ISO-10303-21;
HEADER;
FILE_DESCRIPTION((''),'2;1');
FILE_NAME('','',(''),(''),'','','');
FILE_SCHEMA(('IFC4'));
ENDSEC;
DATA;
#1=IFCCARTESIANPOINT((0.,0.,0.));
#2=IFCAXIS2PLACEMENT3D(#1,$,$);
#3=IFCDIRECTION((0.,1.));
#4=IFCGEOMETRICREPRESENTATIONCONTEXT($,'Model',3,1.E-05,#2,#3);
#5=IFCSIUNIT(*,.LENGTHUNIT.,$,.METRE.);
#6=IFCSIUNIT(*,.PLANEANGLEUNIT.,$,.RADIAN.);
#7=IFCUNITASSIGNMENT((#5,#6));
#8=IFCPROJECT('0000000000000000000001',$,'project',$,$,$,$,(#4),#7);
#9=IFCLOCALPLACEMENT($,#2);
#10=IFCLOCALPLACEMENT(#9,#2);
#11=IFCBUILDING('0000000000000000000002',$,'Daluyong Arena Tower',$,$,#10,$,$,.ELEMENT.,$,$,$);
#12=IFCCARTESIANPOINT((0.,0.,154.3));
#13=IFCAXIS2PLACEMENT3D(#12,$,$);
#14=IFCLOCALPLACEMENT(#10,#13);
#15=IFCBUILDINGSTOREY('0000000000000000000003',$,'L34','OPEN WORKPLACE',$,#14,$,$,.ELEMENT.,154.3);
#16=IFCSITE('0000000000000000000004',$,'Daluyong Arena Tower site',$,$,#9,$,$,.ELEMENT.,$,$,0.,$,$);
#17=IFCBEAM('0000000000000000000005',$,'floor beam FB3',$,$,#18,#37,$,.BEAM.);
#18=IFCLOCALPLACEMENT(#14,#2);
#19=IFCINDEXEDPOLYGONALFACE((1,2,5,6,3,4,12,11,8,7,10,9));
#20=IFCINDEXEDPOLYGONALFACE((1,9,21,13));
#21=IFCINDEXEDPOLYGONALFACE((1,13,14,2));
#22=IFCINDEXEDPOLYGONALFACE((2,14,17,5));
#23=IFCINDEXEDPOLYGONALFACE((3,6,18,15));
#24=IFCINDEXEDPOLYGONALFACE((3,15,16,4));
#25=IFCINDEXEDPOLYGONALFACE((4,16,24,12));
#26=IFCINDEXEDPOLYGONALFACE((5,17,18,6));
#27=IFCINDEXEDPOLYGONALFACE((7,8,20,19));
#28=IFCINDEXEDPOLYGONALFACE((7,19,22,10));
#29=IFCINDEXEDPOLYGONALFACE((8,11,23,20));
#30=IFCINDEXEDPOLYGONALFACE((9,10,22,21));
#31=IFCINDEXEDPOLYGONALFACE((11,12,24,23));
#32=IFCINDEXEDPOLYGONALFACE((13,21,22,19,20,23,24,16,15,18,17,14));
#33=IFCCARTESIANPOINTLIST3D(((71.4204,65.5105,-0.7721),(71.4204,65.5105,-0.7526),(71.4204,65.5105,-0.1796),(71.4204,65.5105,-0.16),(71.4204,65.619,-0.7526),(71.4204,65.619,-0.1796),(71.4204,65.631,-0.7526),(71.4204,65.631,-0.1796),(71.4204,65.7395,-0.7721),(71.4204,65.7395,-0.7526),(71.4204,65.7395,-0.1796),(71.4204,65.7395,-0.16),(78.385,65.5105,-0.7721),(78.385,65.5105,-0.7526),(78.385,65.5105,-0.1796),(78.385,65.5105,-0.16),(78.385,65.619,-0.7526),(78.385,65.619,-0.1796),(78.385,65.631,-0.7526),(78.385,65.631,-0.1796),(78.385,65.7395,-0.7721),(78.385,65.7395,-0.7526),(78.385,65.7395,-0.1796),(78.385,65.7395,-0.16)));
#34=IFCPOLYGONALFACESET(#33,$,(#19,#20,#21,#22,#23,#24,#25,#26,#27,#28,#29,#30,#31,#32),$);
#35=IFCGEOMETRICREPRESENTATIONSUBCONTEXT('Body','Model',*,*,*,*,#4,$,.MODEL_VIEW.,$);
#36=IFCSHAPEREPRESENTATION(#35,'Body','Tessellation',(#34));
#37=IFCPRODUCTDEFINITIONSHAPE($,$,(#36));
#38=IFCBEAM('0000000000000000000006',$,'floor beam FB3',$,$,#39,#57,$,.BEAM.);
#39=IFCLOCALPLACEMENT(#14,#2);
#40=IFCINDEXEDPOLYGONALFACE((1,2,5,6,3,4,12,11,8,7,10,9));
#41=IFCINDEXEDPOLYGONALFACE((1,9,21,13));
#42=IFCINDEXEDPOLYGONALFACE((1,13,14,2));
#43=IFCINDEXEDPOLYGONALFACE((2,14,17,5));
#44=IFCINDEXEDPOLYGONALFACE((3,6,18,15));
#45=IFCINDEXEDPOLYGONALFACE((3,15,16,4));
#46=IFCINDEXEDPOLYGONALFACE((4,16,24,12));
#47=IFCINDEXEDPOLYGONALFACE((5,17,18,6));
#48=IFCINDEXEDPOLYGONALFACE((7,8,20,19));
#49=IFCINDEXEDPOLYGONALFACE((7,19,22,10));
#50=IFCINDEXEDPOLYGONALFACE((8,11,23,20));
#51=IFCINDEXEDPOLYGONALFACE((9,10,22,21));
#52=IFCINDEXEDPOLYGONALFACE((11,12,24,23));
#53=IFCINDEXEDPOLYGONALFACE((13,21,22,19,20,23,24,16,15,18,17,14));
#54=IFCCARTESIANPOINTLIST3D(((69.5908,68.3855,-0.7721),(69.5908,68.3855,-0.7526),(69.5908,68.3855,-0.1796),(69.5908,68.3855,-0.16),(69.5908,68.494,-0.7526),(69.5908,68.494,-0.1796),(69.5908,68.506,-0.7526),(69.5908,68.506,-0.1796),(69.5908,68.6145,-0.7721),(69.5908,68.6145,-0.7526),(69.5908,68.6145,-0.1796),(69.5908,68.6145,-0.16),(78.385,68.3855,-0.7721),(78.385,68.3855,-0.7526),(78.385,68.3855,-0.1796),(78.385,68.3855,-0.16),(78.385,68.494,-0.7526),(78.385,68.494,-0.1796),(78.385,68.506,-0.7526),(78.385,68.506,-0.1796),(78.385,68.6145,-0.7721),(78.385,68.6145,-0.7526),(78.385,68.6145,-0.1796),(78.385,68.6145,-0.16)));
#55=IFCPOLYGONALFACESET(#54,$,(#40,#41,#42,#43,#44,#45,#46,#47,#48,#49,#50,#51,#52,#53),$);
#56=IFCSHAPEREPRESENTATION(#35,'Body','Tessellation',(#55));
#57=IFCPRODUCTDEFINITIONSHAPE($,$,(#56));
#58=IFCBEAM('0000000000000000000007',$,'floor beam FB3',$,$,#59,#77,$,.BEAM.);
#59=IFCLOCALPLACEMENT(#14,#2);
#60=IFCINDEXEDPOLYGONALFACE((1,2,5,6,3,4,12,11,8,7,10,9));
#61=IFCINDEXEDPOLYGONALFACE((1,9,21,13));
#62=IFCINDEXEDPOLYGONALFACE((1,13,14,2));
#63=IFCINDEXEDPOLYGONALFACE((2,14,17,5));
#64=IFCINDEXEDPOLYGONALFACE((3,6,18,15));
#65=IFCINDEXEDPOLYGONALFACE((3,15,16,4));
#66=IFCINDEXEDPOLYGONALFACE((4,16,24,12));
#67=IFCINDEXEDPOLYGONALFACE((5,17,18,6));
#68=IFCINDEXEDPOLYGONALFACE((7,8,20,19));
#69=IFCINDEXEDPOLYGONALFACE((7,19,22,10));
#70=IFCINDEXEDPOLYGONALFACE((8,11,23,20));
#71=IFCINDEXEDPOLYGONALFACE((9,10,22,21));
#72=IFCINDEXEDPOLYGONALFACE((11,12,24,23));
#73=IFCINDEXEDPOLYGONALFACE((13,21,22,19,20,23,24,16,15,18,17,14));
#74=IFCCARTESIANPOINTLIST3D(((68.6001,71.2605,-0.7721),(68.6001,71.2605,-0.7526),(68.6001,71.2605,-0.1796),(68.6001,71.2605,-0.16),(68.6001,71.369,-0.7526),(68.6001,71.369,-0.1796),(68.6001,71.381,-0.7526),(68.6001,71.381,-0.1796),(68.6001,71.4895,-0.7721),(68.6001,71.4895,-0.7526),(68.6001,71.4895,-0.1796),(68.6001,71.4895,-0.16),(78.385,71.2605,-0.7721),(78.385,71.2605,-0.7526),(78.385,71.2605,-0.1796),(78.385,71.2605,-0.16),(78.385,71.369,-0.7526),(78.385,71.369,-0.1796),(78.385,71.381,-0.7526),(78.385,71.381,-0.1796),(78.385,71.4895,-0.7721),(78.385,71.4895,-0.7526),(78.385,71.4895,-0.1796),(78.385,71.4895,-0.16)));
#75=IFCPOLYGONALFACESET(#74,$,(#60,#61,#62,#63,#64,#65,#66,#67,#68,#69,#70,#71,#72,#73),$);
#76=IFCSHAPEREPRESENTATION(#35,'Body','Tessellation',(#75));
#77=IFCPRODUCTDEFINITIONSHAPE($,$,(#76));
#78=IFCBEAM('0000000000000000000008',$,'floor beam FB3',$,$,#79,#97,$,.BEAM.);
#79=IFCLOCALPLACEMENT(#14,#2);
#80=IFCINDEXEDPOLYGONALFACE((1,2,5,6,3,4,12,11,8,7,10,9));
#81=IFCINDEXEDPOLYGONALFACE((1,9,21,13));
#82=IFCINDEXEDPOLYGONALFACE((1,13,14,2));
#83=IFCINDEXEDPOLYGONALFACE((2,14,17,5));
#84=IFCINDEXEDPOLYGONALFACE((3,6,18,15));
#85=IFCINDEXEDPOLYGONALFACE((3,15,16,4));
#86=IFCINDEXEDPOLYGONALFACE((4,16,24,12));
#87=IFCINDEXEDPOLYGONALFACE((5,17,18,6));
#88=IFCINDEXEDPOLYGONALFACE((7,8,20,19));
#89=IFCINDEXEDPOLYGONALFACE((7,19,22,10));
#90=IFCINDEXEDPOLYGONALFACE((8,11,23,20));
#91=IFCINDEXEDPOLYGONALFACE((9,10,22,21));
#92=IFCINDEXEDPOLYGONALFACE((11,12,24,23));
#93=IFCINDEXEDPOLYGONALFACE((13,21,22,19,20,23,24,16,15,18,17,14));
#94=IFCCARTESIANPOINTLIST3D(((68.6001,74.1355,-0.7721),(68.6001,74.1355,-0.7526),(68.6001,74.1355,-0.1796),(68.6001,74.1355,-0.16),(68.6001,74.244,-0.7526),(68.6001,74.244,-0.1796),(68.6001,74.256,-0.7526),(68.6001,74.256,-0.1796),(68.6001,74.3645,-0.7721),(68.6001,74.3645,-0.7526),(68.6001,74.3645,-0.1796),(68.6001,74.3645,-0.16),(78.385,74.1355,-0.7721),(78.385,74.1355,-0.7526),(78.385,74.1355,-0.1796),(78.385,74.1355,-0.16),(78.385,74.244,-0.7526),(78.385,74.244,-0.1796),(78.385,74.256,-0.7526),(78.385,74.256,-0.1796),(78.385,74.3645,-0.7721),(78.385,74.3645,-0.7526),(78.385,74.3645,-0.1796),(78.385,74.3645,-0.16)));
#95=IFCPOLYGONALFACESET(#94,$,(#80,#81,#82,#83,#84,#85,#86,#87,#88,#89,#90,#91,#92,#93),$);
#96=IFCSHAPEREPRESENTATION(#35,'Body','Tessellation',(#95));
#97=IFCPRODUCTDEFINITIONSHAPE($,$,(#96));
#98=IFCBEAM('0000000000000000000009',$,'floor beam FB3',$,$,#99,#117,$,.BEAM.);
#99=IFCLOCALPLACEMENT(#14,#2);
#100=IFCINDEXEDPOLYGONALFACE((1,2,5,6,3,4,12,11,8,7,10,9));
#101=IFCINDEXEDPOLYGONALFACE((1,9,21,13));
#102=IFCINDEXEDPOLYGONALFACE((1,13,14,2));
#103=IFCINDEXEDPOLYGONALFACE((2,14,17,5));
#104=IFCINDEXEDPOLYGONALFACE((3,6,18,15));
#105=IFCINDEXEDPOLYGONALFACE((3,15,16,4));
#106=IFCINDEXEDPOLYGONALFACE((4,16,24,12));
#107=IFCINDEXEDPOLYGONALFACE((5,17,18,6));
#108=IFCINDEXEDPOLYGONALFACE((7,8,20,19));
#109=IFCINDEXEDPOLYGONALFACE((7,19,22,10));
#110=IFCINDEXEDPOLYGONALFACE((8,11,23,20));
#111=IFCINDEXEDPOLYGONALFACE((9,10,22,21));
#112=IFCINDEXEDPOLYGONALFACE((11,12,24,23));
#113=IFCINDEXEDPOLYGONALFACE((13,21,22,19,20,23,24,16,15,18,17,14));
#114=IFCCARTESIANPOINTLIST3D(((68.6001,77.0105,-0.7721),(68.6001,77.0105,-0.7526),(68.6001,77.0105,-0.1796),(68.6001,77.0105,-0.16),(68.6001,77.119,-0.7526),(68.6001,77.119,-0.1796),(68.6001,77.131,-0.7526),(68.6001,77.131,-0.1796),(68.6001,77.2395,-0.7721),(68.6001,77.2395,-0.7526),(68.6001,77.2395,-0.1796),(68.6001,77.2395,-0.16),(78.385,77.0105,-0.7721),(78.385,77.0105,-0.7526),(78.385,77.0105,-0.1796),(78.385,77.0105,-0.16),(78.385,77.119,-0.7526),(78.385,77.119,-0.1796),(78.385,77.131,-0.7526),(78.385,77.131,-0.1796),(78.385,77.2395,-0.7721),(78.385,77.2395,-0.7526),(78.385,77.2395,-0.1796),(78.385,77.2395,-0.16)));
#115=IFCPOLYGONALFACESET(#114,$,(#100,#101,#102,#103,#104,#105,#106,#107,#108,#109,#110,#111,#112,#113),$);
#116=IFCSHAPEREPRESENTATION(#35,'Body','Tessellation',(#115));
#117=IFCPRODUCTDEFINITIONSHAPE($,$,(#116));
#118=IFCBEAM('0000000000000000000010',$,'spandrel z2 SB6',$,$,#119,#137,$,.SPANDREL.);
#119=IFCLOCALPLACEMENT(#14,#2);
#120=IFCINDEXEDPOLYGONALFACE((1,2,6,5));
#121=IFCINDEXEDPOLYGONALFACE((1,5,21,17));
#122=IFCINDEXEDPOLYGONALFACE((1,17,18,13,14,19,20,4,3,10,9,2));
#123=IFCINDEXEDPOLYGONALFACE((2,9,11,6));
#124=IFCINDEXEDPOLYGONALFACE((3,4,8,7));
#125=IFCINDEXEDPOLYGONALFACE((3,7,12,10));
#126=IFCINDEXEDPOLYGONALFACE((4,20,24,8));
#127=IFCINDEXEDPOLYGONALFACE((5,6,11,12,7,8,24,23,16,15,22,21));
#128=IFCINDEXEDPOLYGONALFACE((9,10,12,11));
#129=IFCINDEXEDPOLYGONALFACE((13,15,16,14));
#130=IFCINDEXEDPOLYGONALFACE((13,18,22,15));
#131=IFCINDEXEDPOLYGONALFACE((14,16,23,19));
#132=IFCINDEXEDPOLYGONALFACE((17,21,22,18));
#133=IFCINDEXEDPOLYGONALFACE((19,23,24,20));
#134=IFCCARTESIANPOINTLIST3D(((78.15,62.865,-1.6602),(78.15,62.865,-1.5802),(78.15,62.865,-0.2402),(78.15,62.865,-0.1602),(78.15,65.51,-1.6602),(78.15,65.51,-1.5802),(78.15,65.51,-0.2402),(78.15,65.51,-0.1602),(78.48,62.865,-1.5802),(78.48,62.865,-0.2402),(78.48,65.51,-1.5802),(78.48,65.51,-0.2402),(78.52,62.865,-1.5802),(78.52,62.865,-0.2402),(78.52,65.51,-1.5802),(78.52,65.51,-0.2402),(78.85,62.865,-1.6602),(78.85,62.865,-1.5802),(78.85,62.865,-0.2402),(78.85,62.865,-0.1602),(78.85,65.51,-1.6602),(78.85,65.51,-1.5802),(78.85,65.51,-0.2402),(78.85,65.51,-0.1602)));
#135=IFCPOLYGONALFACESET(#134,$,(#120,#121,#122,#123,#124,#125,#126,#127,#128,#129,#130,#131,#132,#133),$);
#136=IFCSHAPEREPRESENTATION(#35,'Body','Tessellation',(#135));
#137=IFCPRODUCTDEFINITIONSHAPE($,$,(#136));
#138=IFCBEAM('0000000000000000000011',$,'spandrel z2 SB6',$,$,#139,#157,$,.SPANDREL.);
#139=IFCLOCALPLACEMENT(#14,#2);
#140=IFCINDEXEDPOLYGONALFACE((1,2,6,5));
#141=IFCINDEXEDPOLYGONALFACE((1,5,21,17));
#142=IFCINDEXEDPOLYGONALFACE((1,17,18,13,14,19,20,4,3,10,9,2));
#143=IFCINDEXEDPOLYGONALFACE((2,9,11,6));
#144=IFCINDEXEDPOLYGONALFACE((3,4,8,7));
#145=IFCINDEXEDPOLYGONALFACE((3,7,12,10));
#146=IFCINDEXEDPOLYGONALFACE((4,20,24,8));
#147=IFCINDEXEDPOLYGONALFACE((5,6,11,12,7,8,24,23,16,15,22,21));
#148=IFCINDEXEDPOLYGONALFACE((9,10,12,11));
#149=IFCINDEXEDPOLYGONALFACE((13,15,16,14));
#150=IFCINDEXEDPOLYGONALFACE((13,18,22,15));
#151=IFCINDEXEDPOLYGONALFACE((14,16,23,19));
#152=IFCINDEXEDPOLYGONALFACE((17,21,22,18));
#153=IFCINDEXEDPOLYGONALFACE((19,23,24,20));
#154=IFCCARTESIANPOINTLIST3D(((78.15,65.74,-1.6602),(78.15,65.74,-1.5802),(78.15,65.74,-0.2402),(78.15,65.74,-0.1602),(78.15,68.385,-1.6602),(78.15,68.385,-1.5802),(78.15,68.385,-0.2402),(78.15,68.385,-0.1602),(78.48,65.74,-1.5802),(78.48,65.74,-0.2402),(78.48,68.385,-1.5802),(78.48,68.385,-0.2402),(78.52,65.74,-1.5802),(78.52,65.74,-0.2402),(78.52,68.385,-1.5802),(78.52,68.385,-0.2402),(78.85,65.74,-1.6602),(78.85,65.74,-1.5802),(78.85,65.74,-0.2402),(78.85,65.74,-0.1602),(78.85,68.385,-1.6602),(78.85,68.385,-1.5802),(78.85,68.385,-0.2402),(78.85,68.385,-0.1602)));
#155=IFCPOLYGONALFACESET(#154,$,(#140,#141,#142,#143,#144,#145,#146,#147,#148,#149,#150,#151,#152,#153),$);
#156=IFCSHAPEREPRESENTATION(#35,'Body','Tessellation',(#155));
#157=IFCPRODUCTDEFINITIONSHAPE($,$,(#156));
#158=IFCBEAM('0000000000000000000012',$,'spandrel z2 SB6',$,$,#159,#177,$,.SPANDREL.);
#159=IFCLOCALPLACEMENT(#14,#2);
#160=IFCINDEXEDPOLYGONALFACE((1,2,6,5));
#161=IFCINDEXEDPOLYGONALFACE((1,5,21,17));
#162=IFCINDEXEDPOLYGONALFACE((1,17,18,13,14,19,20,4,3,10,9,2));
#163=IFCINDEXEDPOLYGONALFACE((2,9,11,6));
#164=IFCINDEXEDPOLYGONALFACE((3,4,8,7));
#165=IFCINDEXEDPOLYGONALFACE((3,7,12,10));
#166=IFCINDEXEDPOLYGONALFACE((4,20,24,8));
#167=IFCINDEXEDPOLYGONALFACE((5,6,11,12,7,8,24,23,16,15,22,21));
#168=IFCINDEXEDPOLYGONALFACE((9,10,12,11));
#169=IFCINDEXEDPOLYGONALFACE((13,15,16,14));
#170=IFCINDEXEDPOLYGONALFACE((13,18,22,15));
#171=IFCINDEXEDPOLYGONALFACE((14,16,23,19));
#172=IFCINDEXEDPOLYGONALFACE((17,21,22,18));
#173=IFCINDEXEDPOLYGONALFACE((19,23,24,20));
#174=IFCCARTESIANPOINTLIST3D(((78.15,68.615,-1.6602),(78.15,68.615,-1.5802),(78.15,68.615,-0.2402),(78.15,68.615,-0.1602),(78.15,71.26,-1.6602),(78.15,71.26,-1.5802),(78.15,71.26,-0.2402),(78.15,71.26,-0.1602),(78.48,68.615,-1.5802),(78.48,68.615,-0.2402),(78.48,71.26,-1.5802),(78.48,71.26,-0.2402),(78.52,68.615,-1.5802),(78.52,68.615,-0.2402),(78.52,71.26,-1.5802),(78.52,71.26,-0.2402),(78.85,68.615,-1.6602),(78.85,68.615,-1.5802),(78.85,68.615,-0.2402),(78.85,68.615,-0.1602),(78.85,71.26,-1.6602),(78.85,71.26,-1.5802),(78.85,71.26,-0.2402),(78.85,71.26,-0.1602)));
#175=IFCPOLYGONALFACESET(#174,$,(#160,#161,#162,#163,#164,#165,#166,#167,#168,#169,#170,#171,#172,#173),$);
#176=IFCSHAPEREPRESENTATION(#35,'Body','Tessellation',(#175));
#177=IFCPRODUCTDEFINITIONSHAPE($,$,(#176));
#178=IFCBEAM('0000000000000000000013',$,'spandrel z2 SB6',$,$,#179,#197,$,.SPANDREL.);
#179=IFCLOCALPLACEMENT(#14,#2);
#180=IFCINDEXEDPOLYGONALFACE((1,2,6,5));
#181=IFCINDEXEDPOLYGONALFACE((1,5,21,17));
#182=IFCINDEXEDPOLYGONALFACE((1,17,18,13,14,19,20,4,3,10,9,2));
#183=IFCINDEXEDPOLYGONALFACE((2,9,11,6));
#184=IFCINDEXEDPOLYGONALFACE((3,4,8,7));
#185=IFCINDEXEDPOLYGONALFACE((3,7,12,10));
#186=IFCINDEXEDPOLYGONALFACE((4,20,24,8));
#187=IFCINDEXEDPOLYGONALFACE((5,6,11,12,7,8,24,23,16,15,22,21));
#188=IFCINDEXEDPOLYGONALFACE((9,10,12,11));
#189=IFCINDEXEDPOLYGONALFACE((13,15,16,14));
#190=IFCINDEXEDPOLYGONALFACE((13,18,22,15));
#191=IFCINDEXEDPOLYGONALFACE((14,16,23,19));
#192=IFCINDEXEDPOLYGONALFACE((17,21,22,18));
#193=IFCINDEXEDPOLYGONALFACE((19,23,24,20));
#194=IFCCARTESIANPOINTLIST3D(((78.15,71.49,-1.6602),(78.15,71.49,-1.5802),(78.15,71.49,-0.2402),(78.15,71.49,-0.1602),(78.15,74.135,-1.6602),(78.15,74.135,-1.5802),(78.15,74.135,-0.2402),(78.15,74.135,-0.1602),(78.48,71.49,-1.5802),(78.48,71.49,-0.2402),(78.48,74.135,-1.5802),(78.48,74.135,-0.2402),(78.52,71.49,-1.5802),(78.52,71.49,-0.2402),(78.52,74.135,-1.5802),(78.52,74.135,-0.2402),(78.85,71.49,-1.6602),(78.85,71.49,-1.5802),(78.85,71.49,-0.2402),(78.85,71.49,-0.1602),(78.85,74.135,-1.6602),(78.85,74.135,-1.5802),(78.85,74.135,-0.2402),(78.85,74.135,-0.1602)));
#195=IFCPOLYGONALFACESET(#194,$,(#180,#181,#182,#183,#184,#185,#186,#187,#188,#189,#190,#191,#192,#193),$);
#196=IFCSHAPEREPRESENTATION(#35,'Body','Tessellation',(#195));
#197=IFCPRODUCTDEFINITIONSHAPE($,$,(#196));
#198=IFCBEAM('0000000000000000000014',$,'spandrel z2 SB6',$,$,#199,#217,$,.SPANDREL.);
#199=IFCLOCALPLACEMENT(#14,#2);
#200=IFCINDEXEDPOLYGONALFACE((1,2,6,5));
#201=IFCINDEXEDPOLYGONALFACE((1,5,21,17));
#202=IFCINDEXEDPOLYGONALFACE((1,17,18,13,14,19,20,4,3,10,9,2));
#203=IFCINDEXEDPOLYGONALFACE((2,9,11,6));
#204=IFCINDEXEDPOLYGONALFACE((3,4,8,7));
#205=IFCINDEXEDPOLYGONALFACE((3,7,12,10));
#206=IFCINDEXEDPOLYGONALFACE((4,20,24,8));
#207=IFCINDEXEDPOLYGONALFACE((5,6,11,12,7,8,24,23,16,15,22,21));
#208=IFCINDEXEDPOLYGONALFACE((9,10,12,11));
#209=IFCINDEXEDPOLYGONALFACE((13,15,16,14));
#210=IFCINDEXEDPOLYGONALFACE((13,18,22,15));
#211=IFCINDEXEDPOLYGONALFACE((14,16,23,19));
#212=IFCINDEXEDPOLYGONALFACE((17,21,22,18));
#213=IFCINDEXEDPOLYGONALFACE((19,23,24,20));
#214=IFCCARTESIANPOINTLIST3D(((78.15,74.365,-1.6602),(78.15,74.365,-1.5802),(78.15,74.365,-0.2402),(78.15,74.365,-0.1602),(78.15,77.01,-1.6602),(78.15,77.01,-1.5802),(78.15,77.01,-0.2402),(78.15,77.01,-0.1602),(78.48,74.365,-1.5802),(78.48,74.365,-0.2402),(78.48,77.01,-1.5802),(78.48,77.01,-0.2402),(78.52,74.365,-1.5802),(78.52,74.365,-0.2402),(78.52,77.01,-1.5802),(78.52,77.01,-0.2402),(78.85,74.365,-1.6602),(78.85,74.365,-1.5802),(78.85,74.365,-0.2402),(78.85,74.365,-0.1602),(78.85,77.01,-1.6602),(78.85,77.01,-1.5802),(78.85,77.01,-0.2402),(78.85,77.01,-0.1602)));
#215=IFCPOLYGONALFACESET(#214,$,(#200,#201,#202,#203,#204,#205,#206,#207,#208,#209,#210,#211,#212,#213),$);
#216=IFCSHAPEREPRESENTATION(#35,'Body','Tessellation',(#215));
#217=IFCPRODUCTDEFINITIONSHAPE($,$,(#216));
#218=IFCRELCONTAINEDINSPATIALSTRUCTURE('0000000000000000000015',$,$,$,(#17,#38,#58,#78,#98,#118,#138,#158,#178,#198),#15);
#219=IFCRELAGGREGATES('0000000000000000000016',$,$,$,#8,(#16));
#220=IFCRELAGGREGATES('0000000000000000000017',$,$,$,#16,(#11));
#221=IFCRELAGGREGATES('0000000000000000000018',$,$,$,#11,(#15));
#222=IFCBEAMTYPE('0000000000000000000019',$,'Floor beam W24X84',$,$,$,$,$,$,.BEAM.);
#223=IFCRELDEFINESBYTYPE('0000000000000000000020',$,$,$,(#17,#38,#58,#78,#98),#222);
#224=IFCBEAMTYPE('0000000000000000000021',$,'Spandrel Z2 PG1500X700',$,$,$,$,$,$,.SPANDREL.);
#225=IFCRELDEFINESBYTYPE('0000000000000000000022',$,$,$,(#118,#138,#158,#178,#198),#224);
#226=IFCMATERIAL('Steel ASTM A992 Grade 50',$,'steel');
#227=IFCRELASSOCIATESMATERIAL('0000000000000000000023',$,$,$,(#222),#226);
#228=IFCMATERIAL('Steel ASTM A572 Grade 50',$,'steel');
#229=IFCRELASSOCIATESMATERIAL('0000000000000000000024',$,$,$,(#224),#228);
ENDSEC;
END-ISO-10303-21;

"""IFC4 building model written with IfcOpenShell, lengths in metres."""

from ifc_helpers import new_model, si_unit, direction, frame, origin, origin_2d, place, context, subcontext, project, spatial, i_section, extrude, material, material_profile, profile_set, type_object, element, save


model = new_model("IFC4")

# Units and contexts
model_context = context("Model", 3, precision=1e-05, world=origin(), true_north=direction((0.0, 1.0)))
body_context = subcontext(model_context, "Body", "Model", "MODEL_VIEW")
ifc_project = project(units=[si_unit("LENGTHUNIT", "METRE"), si_unit("PLANEANGLEUNIT", "RADIAN")], contexts=[model_context])

# Site, building, storey
site_placement = place(None, origin())
site = spatial("IfcSite", under=ifc_project, at=site_placement, Name="Daluyong Arena Tower site", CompositionType="ELEMENT", RefElevation=0.0)
building_placement = place(site_placement, origin())
building = spatial("IfcBuilding", under=site, at=building_placement, Name="Daluyong Arena Tower", CompositionType="ELEMENT")
storey_placement = place(building_placement, frame((0.0, 0.0, 154.3)))
storey = spatial("IfcBuildingStorey", under=building, at=storey_placement, Name="L34", Description="OPEN WORKPLACE", CompositionType="ELEMENT", Elevation=154.3)

# Beams
ifc_material_1 = material(Name="Steel ASTM A992 Grade 50", Category="steel")
ifc_material_profile_1 = material_profile(ifc_material_1, i_section(OverallWidth=0.229, OverallDepth=0.6121, WebThickness=0.012, FlangeThickness=0.0195, at=origin_2d()))
ifc_profile_set_1 = profile_set([ifc_material_profile_1], Name="Steel ASTM A992 Grade 50")
beam_type_1 = type_object("IfcBeamType", Name="Floor beam W24X84", PredefinedType="BEAM", material=ifc_profile_set_1)
beam_1_placement = place(storey_placement, frame((78.385, 65.625, -0.4661), z_axis=(-1.0, 0.0, 0.0), x_axis=(0.0, -1.0, 0.0)))
element("IfcBeam", 1, at=beam_1_placement, inside=storey, type_object=beam_type_1, Name="floor beam FB3", PredefinedType="BEAM", context=body_context, shape_type="SweptSolid", body=[
    extrude(i_section(OverallWidth=0.229, OverallDepth=0.6121, WebThickness=0.012, FlangeThickness=0.0195, at=origin_2d()), origin(), (0.0, 0.0, 1.0), 6.9646),
])
beam_2_placement = place(storey_placement, frame((78.385, 68.5, -0.4661), z_axis=(-1.0, 0.0, 0.0), x_axis=(0.0, -1.0, 0.0)))
element("IfcBeam", 2, at=beam_2_placement, inside=storey, type_object=beam_type_1, Name="floor beam FB3", PredefinedType="BEAM", context=body_context, shape_type="SweptSolid", body=[
    extrude(i_section(OverallWidth=0.229, OverallDepth=0.6121, WebThickness=0.012, FlangeThickness=0.0195, at=origin_2d()), origin(), (0.0, 0.0, 1.0), 8.7942),
])
for number, where, z_axis, x_axis, name in (
    (3, (78.385, 71.375, -0.4661), (-1.0, 0.0, 0.0), (0.0, -1.0, 0.0), "floor beam FB3"),
    (4, (78.385, 74.25, -0.4661), (-1.0, 0.0, 0.0), (0.0, -1.0, 0.0), "floor beam FB3"),
    (5, (78.385, 77.125, -0.4661), (-1.0, 0.0, 0.0), (0.0, -1.0, 0.0), "floor beam FB3"),
):
    element("IfcBeam", number, at=place(storey_placement, frame(where, z_axis=z_axis, x_axis=x_axis)), inside=storey, type_object=beam_type_1, Name=name, PredefinedType="BEAM", context=body_context, shape_type="SweptSolid", body=[
        extrude(i_section(OverallWidth=0.229, OverallDepth=0.6121, WebThickness=0.012, FlangeThickness=0.0195, at=origin_2d()), origin(), (0.0, 0.0, 1.0), 9.7849),
    ])
ifc_material_2 = material(Name="Steel ASTM A572 Grade 50", Category="steel")
ifc_material_profile_2 = material_profile(ifc_material_2, i_section(OverallWidth=0.7, OverallDepth=1.5, WebThickness=0.04, FlangeThickness=0.08, at=origin_2d()))
ifc_profile_set_2 = profile_set([ifc_material_profile_2], Name="Steel ASTM A572 Grade 50")
beam_type_2 = type_object("IfcBeamType", Name="Spandrel Z2 PG1500X700", PredefinedType="SPANDREL", material=ifc_profile_set_2)
for number, where, z_axis, x_axis, name in (
    (6, (78.5, 62.865, -0.9102), (0.0, 1.0, 0.0), (-1.0, 0.0, 0.0), "spandrel z2 SB6"),
    (7, (78.5, 65.74, -0.9102), (0.0, 1.0, 0.0), (-1.0, 0.0, 0.0), "spandrel z2 SB6"),
    (8, (78.5, 68.615, -0.9102), (0.0, 1.0, 0.0), (-1.0, 0.0, 0.0), "spandrel z2 SB6"),
    (9, (78.5, 71.49, -0.9102), (0.0, 1.0, 0.0), (-1.0, 0.0, 0.0), "spandrel z2 SB6"),
    (10, (78.5, 74.365, -0.9102), (0.0, 1.0, 0.0), (-1.0, 0.0, 0.0), "spandrel z2 SB6"),
):
    element("IfcBeam", number, at=place(storey_placement, frame(where, z_axis=z_axis, x_axis=x_axis)), inside=storey, type_object=beam_type_2, Name=name, PredefinedType="SPANDREL", context=body_context, shape_type="SweptSolid", body=[
        extrude(i_section(OverallWidth=0.7, OverallDepth=1.5, WebThickness=0.04, FlangeThickness=0.08, at=origin_2d()), origin(), (0.0, 0.0, 1.0), 2.645),
    ])

save(model, "model.ifc")
